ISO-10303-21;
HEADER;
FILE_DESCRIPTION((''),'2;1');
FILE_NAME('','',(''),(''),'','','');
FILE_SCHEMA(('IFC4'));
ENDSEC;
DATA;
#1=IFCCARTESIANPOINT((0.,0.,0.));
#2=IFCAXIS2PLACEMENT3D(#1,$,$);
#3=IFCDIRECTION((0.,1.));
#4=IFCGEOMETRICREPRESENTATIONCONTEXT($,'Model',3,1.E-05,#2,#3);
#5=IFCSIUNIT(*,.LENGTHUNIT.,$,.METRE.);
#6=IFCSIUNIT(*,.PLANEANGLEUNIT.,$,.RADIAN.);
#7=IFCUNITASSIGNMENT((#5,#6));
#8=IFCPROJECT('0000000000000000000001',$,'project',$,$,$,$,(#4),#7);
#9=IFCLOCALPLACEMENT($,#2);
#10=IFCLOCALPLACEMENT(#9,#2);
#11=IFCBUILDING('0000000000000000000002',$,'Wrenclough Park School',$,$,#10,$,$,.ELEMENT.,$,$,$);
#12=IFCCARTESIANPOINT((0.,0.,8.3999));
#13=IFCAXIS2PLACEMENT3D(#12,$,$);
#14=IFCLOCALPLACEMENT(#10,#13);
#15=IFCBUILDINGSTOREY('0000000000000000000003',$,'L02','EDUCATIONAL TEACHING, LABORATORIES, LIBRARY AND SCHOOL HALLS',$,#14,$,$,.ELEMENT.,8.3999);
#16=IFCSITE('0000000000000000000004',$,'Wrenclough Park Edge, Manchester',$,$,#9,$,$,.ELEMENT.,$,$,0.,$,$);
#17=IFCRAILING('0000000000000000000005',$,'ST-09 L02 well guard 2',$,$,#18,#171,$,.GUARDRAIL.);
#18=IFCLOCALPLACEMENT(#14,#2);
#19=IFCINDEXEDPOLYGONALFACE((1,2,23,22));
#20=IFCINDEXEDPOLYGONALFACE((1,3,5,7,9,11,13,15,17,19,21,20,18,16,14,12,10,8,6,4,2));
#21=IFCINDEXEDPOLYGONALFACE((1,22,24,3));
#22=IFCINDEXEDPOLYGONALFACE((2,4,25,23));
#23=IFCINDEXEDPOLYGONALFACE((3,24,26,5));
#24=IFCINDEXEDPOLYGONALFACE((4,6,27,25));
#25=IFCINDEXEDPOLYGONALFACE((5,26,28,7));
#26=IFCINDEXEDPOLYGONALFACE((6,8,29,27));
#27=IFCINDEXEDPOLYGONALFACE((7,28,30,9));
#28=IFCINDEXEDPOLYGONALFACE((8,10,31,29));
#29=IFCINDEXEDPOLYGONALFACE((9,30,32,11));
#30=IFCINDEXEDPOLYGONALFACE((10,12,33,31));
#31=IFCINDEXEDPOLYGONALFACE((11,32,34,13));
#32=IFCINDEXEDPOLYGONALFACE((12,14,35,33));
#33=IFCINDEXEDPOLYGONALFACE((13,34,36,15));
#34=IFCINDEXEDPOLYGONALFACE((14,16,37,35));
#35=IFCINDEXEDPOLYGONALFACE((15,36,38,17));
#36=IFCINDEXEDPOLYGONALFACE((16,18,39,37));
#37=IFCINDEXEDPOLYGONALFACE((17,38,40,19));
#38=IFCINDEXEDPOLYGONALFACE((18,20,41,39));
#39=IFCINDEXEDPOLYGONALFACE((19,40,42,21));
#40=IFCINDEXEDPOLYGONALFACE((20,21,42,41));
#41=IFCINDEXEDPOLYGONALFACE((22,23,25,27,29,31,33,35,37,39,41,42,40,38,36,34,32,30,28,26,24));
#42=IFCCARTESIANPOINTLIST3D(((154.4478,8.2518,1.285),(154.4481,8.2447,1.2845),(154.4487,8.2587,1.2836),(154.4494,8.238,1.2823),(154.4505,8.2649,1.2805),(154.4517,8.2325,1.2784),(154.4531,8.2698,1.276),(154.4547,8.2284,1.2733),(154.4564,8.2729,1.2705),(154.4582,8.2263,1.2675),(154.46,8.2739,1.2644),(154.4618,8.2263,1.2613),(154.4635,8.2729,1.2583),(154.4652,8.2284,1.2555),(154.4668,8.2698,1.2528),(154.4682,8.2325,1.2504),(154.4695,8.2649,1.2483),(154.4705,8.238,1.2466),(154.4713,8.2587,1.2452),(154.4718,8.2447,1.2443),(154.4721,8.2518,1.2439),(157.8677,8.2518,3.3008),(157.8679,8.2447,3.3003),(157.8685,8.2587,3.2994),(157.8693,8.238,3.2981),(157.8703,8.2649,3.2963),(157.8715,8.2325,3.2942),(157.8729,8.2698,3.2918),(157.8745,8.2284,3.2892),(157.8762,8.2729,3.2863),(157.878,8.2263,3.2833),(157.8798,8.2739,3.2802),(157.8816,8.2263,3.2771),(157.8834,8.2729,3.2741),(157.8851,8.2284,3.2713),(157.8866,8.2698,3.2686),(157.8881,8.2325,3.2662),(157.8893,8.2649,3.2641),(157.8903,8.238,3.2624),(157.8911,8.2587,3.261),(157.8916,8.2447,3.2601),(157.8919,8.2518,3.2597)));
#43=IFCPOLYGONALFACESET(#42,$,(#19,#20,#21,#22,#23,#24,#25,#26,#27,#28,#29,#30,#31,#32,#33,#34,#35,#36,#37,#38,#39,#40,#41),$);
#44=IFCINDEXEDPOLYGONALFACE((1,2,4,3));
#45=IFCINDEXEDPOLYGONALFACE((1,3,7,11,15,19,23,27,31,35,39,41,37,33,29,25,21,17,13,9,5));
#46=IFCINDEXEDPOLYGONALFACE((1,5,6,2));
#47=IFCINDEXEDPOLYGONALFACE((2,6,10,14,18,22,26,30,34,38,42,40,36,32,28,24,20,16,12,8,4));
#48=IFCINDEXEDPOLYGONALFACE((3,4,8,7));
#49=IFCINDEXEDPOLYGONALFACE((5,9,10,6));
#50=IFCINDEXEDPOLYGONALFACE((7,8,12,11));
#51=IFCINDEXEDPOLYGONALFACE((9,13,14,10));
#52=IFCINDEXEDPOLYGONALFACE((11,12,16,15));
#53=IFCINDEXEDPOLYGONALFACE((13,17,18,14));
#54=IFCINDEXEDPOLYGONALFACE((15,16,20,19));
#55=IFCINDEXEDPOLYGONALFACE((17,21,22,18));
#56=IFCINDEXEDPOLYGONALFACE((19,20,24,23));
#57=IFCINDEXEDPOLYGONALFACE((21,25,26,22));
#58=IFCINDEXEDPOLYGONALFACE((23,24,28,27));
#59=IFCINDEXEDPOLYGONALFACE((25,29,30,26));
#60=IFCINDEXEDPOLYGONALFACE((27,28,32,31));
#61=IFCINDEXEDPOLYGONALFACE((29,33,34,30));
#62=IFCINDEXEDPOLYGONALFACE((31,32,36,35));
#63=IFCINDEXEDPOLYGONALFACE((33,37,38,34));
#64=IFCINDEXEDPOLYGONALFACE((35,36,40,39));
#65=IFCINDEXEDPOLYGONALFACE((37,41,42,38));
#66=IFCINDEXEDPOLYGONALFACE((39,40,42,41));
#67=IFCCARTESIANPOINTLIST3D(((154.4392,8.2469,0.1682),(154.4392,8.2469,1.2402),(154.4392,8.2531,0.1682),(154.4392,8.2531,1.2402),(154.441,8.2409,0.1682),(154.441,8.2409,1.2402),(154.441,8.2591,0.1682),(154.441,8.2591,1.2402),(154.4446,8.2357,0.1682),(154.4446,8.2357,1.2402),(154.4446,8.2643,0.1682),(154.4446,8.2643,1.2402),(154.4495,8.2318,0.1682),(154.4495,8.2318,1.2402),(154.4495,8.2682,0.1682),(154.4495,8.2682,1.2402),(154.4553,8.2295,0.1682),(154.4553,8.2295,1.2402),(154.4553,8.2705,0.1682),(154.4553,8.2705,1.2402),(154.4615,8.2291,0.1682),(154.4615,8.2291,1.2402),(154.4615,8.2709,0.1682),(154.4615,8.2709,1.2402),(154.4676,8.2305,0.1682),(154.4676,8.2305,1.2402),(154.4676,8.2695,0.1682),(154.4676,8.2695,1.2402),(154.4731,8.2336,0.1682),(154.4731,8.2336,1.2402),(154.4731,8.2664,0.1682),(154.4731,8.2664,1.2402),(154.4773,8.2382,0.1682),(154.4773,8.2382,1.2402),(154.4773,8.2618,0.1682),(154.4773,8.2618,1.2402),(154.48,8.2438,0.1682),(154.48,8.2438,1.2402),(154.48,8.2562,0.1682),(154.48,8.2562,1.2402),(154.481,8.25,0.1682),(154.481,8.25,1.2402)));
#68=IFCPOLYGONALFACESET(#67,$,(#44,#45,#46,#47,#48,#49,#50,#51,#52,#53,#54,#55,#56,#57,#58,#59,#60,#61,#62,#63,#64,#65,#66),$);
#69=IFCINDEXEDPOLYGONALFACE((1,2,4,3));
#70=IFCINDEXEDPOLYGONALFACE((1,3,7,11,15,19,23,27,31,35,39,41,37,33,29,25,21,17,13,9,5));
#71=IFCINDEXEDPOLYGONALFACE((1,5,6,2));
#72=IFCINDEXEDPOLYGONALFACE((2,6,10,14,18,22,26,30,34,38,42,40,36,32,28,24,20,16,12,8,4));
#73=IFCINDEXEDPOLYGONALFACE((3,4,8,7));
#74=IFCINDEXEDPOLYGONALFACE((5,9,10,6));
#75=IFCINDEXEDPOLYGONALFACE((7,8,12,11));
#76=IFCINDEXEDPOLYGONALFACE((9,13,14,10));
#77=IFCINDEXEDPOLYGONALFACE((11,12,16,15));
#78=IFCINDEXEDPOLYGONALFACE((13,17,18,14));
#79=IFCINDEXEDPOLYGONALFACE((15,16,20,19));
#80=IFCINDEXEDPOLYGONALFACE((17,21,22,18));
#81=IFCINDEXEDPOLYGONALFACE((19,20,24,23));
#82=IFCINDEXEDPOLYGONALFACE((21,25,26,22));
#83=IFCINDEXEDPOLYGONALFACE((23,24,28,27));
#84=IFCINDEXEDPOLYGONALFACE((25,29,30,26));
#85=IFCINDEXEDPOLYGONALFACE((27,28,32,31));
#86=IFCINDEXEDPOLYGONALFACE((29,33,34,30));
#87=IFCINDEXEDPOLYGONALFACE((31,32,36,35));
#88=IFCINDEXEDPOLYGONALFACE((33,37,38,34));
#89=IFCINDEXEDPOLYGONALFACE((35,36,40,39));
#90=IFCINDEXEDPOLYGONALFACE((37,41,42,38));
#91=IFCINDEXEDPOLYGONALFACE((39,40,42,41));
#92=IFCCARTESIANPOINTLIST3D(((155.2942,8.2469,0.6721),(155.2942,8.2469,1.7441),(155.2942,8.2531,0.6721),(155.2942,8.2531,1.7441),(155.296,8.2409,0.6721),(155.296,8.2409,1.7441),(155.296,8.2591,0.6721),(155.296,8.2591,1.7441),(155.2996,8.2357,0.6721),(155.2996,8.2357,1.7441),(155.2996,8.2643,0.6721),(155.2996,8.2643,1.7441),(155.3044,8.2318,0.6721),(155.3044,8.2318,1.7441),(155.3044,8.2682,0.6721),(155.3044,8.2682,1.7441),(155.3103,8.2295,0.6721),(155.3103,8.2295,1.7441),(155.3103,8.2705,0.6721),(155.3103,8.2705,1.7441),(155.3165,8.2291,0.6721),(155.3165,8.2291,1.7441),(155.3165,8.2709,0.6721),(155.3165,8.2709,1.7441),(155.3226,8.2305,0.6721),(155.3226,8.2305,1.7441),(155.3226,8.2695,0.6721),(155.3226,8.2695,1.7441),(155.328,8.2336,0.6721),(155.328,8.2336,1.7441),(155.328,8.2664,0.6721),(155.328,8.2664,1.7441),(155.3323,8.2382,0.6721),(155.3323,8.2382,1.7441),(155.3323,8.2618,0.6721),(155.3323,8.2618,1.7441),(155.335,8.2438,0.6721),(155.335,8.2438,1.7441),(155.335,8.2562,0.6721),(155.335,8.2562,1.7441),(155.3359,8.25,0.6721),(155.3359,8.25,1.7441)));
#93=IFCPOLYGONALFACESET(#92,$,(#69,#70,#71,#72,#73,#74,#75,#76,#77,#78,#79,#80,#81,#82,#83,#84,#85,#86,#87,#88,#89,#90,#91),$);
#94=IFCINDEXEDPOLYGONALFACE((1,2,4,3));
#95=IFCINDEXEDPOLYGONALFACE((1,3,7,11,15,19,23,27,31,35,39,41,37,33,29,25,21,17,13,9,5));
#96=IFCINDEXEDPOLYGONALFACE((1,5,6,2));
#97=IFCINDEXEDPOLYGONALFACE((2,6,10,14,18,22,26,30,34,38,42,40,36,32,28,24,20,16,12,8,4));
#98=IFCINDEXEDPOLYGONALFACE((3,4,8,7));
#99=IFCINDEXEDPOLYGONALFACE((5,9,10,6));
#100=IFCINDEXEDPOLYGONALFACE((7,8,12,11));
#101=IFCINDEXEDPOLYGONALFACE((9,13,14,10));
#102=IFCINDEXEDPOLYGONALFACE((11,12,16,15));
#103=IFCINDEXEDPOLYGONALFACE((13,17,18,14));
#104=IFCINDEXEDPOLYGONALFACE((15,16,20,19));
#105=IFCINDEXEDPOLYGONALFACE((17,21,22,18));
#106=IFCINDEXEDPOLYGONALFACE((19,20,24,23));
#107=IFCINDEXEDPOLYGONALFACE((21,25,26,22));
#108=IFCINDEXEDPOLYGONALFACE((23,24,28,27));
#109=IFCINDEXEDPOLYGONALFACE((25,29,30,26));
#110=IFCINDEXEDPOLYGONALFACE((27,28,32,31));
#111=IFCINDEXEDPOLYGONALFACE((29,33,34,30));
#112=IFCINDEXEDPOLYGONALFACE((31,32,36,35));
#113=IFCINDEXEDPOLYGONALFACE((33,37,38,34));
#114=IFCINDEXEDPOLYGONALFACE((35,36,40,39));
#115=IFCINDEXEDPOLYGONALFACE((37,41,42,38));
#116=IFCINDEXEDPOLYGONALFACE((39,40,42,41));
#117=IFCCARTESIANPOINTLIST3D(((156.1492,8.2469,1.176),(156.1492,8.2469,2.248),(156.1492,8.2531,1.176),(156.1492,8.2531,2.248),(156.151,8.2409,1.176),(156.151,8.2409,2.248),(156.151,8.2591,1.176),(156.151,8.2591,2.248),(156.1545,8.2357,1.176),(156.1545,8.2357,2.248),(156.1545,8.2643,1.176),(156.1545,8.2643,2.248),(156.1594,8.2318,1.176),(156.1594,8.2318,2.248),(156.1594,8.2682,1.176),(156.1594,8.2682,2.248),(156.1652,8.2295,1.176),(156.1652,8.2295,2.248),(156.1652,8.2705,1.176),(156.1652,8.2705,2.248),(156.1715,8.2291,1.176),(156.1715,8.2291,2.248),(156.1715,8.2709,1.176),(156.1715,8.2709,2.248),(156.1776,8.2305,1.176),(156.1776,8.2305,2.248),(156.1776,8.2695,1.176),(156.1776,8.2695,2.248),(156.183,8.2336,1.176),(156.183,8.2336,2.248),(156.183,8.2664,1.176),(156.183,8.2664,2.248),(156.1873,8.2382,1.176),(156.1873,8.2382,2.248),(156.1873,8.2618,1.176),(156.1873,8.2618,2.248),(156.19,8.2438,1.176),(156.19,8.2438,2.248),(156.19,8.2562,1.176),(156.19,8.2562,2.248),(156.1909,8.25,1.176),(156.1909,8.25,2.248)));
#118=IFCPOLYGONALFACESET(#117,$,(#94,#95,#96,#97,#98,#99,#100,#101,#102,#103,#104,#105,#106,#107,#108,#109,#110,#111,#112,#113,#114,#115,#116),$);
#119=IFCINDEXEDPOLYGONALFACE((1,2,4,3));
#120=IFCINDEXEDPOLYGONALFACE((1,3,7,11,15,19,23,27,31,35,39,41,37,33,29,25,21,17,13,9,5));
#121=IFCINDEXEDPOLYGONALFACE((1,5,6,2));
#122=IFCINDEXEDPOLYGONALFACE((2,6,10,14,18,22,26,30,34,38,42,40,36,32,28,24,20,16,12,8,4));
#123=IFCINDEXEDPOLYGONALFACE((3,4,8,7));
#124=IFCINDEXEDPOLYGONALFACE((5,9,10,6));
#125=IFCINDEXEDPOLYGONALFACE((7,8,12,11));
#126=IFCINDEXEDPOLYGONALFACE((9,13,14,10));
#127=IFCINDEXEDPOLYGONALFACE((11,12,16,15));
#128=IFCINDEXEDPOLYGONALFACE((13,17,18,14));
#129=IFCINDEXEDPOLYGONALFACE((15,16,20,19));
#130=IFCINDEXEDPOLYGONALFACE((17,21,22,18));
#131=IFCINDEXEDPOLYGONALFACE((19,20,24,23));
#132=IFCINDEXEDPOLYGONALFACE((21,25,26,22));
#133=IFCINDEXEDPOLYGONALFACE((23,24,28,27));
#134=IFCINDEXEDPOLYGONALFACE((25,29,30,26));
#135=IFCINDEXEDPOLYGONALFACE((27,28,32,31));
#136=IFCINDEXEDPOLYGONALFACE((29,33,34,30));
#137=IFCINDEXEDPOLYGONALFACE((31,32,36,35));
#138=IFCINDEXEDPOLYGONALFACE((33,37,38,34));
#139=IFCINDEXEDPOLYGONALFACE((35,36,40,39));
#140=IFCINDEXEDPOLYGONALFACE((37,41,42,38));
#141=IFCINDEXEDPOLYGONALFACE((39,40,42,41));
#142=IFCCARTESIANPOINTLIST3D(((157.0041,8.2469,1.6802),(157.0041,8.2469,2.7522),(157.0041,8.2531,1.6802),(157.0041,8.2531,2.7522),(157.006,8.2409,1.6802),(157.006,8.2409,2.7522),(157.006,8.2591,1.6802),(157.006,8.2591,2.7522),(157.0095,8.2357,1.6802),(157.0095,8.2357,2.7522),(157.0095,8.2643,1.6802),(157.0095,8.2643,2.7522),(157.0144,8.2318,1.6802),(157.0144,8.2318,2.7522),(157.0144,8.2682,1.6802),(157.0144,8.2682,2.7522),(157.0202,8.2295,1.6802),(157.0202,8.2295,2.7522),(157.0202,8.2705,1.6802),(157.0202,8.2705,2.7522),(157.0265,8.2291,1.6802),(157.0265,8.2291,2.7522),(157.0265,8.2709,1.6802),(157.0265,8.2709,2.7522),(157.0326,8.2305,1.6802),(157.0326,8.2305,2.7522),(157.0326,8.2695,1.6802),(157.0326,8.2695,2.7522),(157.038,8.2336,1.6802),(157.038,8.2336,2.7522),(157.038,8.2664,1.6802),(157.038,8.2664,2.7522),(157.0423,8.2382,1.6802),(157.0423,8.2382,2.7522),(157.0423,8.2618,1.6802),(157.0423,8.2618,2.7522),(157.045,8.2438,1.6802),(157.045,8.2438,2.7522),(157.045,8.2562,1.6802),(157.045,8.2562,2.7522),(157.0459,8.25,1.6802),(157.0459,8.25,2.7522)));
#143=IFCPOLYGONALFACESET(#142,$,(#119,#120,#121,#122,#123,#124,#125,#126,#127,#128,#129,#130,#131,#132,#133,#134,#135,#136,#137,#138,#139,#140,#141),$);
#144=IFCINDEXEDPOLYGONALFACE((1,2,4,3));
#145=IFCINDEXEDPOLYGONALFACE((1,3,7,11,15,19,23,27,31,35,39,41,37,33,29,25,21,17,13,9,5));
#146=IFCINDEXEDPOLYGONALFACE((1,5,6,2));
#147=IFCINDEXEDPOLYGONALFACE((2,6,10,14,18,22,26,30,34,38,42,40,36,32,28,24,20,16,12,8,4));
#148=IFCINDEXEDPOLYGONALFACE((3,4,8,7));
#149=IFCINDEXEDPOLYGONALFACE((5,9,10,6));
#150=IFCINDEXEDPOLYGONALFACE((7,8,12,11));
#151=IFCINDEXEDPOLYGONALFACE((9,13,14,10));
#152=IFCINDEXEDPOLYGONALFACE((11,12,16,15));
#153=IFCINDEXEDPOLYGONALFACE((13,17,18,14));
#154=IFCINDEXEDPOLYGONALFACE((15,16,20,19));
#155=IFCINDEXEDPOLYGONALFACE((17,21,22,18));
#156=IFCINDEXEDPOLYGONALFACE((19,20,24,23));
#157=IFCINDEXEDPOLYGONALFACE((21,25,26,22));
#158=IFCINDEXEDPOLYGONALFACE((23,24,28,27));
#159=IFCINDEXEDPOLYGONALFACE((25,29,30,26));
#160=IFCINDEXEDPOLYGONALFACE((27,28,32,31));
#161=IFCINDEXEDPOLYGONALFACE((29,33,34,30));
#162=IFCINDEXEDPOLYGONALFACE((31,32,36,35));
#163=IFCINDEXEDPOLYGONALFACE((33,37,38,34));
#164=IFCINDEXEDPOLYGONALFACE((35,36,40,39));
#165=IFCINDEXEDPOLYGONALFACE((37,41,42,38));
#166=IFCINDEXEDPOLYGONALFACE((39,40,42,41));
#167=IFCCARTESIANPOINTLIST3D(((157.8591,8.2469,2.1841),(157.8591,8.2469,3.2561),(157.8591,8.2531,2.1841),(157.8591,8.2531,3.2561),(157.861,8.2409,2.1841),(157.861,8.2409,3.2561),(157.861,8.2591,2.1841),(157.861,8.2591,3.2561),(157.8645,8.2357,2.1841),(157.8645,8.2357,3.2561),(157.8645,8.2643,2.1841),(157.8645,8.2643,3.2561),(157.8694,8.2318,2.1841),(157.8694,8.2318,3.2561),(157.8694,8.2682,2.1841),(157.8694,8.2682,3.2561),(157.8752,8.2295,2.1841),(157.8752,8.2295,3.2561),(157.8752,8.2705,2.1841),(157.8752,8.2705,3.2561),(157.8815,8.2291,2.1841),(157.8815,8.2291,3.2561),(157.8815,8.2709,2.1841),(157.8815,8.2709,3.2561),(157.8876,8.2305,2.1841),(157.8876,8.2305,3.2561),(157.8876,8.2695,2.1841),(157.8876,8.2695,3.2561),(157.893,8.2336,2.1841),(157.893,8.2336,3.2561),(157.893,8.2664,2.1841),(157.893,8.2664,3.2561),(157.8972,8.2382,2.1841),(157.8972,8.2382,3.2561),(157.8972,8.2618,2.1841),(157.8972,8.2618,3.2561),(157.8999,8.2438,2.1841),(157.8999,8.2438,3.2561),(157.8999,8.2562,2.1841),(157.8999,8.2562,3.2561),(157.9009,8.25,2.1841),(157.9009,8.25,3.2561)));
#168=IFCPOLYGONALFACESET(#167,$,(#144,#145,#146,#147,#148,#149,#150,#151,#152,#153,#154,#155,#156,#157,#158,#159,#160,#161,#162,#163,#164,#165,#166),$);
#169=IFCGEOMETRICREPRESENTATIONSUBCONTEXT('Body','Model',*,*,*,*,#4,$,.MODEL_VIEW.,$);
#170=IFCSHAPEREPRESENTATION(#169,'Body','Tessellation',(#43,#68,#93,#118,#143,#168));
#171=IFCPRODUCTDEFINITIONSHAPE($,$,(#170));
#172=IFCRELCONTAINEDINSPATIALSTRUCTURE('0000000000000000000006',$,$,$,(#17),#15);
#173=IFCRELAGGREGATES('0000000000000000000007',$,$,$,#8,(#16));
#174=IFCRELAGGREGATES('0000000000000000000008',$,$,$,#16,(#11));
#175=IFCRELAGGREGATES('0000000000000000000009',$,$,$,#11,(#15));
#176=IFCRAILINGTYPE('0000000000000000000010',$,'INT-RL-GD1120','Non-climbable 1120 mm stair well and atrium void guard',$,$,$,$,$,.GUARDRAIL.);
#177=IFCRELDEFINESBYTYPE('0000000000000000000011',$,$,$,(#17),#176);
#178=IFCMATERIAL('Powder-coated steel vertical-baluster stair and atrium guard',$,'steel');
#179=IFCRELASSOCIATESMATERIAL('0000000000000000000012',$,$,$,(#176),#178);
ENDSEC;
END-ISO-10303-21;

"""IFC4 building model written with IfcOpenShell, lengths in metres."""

from ifc_helpers import new_model, si_unit, direction, frame, origin, origin_2d, place, context, subcontext, project, spatial, circle, extrude, material, type_object, element, save


model = new_model("IFC4")

# Units and contexts
model_context = context("Model", 3, precision=1e-05, world=origin(), true_north=direction((0.0, 1.0)))
body_context = subcontext(model_context, "Body", "Model", "MODEL_VIEW")
ifc_project = project(units=[si_unit("LENGTHUNIT", "METRE"), si_unit("PLANEANGLEUNIT", "RADIAN")], contexts=[model_context])

# Site, building, storey
site_placement = place(None, origin())
site = spatial("IfcSite", under=ifc_project, at=site_placement, Name="Wrenclough Park Edge, Manchester", CompositionType="ELEMENT", RefElevation=0.0)
building_placement = place(site_placement, origin())
building = spatial("IfcBuilding", under=site, at=building_placement, Name="Wrenclough Park School", CompositionType="ELEMENT")
storey_placement = place(building_placement, frame((0.0, 0.0, 8.3999)))
storey = spatial("IfcBuildingStorey", under=building, at=storey_placement, Name="L02", Description="EDUCATIONAL TEACHING, LABORATORIES, LIBRARY AND SCHOOL HALLS", CompositionType="ELEMENT", Elevation=8.3999)

# Railing
ifc_material_1 = material(Name="Powder-coated steel vertical-baluster stair and atrium guard", Category="steel")
railing_type_1 = type_object("IfcRailingType", Name="INT-RL-GD1120", Description="Non-climbable 1120 mm stair well and atrium void guard", PredefinedType="GUARDRAIL", material=ifc_material_1)
railing_1_placement = place(storey_placement, frame((154.46, 8.25, 0.1682)))
element("IfcRailing", 1, at=railing_1_placement, inside=storey, type_object=railing_type_1, Name="ST-09 L02 well guard 2", PredefinedType="GUARDRAIL", context=body_context, shape_type="SweptSolid", body=[
    extrude(circle(Radius=0.0239, at=origin_2d()), frame((0.0, 0.0, 1.0962), z_axis=(0.861477, 0.0, 0.507797), x_axis=(0.0, 1.0, 0.0)), (0.0, 0.0, 1.0), 3.9697),
    extrude(circle(Radius=0.021, at=origin_2d()), origin(), (0.0, 0.0, 1.0), 1.072),
    extrude(circle(Radius=0.021, at=origin_2d()), frame((0.855, 0.0, 0.5039)), (0.0, 0.0, 1.0), 1.072),
    extrude(circle(Radius=0.021, at=origin_2d()), frame((1.71, 0.0, 1.0078)), (0.0, 0.0, 1.0), 1.072),
    extrude(circle(Radius=0.021, at=origin_2d()), frame((2.5649, 0.0, 1.512)), (0.0, 0.0, 1.0), 1.072),
    extrude(circle(Radius=0.021, at=origin_2d()), frame((3.4199, 0.0, 2.0159)), (0.0, 0.0, 1.0), 1.072),
])

save(model, "model.ifc")
